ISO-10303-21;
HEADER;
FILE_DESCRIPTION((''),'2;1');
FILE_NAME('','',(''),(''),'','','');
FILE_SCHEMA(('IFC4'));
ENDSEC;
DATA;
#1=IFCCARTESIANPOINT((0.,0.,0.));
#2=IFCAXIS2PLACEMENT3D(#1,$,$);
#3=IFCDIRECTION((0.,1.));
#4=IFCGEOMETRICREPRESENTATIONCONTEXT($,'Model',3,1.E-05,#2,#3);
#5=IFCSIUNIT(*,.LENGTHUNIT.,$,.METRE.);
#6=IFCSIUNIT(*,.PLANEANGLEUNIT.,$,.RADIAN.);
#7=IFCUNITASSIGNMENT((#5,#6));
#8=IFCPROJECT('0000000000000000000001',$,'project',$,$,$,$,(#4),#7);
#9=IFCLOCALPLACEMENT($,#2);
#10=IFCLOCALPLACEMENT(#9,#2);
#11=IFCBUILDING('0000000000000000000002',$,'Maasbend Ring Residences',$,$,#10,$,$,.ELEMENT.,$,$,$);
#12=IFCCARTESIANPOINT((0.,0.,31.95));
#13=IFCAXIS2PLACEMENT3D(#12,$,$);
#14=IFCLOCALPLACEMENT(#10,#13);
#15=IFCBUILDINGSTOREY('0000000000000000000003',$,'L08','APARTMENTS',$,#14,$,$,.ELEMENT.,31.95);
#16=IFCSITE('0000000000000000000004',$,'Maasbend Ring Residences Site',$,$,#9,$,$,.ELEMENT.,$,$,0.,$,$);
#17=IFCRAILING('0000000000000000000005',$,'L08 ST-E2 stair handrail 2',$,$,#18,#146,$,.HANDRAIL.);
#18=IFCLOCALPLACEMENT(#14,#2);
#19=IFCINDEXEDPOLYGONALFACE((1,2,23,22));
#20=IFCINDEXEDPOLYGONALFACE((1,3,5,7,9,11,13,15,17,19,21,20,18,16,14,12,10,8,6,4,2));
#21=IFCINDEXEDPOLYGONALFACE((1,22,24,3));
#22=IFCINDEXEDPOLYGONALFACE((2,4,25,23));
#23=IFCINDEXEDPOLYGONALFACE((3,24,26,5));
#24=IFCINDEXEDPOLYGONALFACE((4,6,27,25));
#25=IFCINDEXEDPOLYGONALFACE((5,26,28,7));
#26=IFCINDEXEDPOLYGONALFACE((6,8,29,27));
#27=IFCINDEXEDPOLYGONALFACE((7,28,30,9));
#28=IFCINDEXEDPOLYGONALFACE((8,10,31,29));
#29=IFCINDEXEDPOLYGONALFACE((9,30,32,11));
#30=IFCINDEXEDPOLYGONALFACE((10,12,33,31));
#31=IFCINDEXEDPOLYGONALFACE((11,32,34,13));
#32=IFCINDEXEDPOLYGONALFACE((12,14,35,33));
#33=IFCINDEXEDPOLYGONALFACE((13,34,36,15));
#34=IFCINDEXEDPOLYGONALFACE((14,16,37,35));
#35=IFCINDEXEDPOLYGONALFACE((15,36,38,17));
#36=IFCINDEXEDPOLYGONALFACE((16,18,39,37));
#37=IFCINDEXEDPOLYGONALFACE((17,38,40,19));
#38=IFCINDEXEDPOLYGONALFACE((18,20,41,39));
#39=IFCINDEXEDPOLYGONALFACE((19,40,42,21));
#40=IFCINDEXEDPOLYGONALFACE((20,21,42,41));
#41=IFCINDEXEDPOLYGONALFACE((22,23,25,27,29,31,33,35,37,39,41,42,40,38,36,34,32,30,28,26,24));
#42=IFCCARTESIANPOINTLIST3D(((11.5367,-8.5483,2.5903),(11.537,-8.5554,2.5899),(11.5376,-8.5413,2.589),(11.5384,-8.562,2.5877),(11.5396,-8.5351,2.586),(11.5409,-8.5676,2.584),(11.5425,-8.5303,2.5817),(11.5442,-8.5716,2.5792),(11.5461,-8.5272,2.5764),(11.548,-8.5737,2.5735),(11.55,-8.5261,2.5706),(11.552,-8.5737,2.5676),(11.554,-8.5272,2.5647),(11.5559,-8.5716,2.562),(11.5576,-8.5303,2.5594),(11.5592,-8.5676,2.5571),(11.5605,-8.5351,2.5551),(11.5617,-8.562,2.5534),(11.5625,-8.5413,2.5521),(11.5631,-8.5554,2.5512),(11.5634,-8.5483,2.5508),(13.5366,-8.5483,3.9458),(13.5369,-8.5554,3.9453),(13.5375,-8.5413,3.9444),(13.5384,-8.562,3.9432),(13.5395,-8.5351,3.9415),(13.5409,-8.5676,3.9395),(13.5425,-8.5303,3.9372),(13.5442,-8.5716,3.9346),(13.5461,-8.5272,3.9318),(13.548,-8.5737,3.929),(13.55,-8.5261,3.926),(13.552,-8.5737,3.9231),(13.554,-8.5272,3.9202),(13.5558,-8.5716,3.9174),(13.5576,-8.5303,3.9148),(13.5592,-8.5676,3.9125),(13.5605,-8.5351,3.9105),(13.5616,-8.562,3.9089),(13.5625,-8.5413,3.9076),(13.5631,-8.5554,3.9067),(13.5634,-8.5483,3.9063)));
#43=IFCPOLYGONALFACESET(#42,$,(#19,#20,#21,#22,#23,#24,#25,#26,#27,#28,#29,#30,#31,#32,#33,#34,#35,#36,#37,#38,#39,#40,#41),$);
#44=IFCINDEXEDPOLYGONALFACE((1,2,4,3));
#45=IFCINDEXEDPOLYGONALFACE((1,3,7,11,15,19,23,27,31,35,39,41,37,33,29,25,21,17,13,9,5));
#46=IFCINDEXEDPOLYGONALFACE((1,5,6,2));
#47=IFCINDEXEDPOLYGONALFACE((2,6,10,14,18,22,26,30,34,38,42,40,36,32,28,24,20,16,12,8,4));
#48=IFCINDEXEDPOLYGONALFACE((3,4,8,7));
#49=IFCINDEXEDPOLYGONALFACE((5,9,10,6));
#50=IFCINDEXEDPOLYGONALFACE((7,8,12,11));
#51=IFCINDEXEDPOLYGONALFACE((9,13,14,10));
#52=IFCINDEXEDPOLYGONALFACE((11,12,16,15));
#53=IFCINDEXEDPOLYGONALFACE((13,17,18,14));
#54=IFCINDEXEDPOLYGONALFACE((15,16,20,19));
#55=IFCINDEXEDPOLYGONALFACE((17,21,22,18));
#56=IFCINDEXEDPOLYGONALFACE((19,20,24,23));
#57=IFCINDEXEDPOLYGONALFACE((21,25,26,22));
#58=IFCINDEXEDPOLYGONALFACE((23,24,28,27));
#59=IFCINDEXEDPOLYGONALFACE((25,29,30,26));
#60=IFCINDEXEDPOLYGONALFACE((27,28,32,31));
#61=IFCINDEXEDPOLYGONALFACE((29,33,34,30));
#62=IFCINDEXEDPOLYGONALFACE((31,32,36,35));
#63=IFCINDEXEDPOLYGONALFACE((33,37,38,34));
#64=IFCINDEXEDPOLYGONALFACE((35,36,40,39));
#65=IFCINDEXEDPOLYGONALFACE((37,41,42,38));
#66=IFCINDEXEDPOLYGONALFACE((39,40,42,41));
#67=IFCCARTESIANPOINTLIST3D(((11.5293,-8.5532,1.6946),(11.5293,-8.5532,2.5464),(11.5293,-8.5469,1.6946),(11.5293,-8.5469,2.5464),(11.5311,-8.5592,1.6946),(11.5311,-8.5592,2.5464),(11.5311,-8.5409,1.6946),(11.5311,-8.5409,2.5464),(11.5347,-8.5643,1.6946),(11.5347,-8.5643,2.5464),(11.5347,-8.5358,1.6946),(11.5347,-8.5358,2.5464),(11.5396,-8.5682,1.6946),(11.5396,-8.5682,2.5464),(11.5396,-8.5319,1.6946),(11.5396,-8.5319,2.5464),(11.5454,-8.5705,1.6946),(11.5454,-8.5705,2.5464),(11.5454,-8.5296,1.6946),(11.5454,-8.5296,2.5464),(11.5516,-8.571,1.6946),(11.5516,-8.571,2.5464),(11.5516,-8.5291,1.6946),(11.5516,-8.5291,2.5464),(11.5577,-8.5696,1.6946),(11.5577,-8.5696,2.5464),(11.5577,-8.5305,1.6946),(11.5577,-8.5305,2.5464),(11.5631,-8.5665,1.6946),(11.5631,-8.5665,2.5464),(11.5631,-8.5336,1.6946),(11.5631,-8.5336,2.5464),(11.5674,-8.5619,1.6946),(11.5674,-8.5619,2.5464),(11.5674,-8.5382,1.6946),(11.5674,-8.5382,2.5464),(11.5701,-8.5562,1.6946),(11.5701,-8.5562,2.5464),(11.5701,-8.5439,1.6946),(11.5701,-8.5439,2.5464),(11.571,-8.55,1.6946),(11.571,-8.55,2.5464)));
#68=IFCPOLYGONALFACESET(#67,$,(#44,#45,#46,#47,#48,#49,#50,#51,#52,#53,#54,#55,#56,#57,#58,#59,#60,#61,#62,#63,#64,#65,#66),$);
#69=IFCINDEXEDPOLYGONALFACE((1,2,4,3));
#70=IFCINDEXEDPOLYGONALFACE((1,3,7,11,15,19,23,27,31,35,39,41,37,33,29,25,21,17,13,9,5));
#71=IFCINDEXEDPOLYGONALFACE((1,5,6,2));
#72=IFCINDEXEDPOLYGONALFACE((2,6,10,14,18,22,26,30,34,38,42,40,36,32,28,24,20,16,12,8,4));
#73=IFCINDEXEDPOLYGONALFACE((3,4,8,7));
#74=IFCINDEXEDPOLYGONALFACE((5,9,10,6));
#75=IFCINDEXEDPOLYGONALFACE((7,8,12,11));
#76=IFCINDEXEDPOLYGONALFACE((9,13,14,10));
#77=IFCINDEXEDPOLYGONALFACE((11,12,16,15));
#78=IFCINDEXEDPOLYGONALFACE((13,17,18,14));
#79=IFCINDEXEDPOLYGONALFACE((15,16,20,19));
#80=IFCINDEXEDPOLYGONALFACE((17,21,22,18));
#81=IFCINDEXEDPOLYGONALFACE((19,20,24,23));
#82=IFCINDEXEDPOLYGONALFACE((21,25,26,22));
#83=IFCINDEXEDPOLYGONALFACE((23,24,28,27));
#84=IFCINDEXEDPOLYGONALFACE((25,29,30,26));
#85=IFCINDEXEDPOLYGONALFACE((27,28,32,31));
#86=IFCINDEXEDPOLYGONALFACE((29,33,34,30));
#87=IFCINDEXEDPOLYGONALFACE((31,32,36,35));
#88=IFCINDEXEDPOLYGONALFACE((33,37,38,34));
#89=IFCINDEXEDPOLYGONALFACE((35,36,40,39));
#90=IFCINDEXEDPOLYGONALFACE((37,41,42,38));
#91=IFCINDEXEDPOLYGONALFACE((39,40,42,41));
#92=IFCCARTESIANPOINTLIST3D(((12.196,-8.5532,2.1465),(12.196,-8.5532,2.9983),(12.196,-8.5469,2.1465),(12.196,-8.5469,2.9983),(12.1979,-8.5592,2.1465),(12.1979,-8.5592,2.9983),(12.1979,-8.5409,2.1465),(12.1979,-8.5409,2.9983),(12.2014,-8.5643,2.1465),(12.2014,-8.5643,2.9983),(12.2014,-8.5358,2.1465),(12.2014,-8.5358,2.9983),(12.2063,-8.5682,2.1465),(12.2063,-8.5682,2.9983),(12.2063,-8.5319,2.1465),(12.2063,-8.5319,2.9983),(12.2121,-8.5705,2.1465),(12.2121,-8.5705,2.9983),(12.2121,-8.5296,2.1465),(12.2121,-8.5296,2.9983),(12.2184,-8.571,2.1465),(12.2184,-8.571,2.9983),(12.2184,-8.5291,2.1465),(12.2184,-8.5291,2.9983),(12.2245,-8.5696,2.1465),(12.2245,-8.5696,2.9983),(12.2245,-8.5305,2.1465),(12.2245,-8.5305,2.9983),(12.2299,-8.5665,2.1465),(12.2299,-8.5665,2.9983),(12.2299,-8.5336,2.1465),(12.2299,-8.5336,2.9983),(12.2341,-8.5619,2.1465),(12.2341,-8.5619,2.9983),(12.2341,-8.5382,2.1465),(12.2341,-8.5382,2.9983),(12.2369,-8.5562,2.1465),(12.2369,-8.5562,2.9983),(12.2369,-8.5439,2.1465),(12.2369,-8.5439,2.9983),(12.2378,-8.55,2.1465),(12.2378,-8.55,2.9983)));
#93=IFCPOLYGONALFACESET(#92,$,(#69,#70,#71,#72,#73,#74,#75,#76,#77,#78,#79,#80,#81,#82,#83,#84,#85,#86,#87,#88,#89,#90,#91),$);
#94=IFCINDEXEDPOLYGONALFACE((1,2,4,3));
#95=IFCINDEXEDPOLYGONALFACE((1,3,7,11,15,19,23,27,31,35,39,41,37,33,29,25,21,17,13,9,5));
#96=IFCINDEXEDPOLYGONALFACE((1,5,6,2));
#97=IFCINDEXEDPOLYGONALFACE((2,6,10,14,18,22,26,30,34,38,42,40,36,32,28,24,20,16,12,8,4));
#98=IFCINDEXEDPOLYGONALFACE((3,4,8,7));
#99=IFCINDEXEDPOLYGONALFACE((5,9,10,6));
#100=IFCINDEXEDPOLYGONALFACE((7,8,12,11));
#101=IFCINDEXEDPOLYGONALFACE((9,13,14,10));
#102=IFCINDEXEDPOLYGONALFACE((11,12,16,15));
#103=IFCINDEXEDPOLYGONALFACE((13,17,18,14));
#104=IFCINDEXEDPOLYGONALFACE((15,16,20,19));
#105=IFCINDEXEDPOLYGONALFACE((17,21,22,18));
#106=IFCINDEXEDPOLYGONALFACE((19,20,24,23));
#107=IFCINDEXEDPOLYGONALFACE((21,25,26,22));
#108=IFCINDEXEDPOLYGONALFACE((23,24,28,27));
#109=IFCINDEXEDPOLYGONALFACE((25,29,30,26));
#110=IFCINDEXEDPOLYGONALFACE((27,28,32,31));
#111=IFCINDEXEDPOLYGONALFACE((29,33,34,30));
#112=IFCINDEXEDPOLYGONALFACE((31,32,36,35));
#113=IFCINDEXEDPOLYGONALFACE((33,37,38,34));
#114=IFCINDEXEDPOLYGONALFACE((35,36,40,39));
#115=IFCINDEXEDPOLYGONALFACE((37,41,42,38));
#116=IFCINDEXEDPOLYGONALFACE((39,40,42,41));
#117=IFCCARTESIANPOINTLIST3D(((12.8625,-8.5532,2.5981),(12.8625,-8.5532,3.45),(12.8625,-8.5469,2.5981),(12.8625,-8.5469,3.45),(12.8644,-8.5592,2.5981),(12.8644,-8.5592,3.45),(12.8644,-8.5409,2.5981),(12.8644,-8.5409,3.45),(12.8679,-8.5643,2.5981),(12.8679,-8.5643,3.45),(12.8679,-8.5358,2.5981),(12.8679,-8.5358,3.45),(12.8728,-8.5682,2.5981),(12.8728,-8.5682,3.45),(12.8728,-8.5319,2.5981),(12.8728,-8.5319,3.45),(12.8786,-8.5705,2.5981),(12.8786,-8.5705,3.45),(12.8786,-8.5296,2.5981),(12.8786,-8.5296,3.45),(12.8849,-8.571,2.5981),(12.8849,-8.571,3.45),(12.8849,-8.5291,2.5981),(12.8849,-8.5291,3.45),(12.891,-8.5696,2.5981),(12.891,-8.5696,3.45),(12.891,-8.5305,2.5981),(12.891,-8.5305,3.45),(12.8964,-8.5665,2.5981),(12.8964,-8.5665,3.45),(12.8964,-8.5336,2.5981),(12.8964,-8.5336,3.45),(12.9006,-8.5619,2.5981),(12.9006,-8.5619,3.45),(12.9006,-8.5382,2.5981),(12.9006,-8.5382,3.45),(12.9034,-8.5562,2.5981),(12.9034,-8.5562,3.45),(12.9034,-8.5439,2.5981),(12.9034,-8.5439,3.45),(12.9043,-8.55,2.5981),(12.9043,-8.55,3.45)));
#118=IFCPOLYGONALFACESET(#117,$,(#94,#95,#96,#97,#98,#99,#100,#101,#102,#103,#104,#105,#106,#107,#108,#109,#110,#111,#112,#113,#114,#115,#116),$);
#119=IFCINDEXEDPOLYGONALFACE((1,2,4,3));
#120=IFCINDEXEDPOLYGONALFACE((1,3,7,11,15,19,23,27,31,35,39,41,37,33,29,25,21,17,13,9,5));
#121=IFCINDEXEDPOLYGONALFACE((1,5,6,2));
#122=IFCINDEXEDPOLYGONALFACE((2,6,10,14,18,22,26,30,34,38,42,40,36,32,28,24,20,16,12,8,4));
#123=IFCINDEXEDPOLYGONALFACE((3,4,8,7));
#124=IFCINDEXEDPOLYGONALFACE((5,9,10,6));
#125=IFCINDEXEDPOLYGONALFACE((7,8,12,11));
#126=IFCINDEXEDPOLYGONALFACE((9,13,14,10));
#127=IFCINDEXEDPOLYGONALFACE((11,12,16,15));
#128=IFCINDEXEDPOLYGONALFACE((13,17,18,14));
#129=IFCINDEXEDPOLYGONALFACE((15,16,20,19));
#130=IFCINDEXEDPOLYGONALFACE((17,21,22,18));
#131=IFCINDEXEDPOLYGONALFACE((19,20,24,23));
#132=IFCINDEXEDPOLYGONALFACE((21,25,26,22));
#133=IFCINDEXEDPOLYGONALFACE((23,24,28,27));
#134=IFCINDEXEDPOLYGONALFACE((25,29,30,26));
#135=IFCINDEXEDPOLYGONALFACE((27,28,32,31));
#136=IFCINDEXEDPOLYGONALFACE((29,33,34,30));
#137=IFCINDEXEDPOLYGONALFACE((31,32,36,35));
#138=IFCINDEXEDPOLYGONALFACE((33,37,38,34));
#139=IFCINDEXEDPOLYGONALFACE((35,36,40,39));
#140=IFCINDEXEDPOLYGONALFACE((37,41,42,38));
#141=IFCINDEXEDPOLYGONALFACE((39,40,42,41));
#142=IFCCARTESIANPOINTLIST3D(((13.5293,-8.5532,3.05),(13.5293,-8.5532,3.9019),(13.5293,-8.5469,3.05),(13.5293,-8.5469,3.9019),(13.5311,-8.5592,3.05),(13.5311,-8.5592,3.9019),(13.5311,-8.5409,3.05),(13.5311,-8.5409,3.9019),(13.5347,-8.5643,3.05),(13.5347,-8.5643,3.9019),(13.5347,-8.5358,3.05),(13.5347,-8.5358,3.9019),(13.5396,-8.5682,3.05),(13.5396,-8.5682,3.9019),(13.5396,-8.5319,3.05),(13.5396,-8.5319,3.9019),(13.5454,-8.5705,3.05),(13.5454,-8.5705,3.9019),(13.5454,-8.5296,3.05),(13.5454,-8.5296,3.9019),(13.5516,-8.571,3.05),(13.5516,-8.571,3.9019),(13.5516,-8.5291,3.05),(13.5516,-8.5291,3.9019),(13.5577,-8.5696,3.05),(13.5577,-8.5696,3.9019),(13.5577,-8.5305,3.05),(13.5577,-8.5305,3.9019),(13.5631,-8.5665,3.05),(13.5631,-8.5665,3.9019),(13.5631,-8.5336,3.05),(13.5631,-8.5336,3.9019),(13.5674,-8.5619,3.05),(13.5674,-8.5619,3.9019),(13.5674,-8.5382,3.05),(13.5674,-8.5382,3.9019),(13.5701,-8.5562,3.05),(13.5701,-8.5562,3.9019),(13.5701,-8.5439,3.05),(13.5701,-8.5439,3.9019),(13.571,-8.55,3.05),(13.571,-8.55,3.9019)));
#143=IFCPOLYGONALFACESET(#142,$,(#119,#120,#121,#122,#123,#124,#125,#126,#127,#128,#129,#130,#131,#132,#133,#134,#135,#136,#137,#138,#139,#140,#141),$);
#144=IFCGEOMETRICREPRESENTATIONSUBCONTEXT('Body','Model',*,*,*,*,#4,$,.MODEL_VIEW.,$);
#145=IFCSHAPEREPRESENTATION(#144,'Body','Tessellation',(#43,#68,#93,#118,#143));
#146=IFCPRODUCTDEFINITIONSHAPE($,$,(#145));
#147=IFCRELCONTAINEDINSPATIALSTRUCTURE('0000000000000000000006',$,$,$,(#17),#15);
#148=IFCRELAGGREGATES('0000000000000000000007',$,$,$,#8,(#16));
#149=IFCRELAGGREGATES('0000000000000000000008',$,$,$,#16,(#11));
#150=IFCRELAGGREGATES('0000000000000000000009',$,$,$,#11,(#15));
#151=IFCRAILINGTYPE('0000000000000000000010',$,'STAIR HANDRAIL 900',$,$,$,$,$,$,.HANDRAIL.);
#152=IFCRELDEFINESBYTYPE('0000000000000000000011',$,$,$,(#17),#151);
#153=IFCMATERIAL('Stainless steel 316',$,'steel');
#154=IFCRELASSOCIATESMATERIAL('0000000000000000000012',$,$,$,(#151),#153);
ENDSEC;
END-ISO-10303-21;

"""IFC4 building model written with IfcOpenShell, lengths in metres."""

from ifc_helpers import new_model, si_unit, direction, frame, origin, origin_2d, place, context, subcontext, project, spatial, circle, extrude, material, type_object, element, save


model = new_model("IFC4")

# Units and contexts
model_context = context("Model", 3, precision=1e-05, world=origin(), true_north=direction((0.0, 1.0)))
body_context = subcontext(model_context, "Body", "Model", "MODEL_VIEW")
ifc_project = project(units=[si_unit("LENGTHUNIT", "METRE"), si_unit("PLANEANGLEUNIT", "RADIAN")], contexts=[model_context])

# Site, building, storey
site_placement = place(None, origin())
site = spatial("IfcSite", under=ifc_project, at=site_placement, Name="Maasbend Ring Residences Site", CompositionType="ELEMENT", RefElevation=0.0)
building_placement = place(site_placement, origin())
building = spatial("IfcBuilding", under=site, at=building_placement, Name="Maasbend Ring Residences", CompositionType="ELEMENT")
storey_placement = place(building_placement, frame((0.0, 0.0, 31.95)))
storey = spatial("IfcBuildingStorey", under=building, at=storey_placement, Name="L08", Description="APARTMENTS", CompositionType="ELEMENT", Elevation=31.95)

# Railing
ifc_material_1 = material(Name="Stainless steel 316", Category="steel")
railing_type_1 = type_object("IfcRailingType", Name="STAIR HANDRAIL 900", PredefinedType="HANDRAIL", material=ifc_material_1)
railing_1_placement = place(storey_placement, frame((11.55, -8.55, 1.6946)))
element("IfcRailing", 1, at=railing_1_placement, inside=storey, type_object=railing_type_1, Name="L08 ST-E2 stair handrail 2", PredefinedType="HANDRAIL", context=body_context, shape_type="SweptSolid", body=[
    extrude(circle(Radius=0.0239, at=origin_2d()), frame((0.0, 0.0, 0.876), z_axis=(0.827798, 0.0, 0.561027), x_axis=(0.0, 1.0, 0.0)), (0.0, 0.0, 1.0), 2.416),
    extrude(circle(Radius=0.021, at=origin_2d()), origin(), (0.0, 0.0, 1.0), 0.8518),
    extrude(circle(Radius=0.021, at=origin_2d()), frame((0.6667, 0.0, 0.4519)), (0.0, 0.0, 1.0), 0.8518),
    extrude(circle(Radius=0.021, at=origin_2d()), frame((1.3333, 0.0, 0.9036)), (0.0, 0.0, 1.0), 0.8518),
    extrude(circle(Radius=0.021, at=origin_2d()), frame((2.0, 0.0, 1.3555)), (0.0, 0.0, 1.0), 0.8518),
])

save(model, "model.ifc")
